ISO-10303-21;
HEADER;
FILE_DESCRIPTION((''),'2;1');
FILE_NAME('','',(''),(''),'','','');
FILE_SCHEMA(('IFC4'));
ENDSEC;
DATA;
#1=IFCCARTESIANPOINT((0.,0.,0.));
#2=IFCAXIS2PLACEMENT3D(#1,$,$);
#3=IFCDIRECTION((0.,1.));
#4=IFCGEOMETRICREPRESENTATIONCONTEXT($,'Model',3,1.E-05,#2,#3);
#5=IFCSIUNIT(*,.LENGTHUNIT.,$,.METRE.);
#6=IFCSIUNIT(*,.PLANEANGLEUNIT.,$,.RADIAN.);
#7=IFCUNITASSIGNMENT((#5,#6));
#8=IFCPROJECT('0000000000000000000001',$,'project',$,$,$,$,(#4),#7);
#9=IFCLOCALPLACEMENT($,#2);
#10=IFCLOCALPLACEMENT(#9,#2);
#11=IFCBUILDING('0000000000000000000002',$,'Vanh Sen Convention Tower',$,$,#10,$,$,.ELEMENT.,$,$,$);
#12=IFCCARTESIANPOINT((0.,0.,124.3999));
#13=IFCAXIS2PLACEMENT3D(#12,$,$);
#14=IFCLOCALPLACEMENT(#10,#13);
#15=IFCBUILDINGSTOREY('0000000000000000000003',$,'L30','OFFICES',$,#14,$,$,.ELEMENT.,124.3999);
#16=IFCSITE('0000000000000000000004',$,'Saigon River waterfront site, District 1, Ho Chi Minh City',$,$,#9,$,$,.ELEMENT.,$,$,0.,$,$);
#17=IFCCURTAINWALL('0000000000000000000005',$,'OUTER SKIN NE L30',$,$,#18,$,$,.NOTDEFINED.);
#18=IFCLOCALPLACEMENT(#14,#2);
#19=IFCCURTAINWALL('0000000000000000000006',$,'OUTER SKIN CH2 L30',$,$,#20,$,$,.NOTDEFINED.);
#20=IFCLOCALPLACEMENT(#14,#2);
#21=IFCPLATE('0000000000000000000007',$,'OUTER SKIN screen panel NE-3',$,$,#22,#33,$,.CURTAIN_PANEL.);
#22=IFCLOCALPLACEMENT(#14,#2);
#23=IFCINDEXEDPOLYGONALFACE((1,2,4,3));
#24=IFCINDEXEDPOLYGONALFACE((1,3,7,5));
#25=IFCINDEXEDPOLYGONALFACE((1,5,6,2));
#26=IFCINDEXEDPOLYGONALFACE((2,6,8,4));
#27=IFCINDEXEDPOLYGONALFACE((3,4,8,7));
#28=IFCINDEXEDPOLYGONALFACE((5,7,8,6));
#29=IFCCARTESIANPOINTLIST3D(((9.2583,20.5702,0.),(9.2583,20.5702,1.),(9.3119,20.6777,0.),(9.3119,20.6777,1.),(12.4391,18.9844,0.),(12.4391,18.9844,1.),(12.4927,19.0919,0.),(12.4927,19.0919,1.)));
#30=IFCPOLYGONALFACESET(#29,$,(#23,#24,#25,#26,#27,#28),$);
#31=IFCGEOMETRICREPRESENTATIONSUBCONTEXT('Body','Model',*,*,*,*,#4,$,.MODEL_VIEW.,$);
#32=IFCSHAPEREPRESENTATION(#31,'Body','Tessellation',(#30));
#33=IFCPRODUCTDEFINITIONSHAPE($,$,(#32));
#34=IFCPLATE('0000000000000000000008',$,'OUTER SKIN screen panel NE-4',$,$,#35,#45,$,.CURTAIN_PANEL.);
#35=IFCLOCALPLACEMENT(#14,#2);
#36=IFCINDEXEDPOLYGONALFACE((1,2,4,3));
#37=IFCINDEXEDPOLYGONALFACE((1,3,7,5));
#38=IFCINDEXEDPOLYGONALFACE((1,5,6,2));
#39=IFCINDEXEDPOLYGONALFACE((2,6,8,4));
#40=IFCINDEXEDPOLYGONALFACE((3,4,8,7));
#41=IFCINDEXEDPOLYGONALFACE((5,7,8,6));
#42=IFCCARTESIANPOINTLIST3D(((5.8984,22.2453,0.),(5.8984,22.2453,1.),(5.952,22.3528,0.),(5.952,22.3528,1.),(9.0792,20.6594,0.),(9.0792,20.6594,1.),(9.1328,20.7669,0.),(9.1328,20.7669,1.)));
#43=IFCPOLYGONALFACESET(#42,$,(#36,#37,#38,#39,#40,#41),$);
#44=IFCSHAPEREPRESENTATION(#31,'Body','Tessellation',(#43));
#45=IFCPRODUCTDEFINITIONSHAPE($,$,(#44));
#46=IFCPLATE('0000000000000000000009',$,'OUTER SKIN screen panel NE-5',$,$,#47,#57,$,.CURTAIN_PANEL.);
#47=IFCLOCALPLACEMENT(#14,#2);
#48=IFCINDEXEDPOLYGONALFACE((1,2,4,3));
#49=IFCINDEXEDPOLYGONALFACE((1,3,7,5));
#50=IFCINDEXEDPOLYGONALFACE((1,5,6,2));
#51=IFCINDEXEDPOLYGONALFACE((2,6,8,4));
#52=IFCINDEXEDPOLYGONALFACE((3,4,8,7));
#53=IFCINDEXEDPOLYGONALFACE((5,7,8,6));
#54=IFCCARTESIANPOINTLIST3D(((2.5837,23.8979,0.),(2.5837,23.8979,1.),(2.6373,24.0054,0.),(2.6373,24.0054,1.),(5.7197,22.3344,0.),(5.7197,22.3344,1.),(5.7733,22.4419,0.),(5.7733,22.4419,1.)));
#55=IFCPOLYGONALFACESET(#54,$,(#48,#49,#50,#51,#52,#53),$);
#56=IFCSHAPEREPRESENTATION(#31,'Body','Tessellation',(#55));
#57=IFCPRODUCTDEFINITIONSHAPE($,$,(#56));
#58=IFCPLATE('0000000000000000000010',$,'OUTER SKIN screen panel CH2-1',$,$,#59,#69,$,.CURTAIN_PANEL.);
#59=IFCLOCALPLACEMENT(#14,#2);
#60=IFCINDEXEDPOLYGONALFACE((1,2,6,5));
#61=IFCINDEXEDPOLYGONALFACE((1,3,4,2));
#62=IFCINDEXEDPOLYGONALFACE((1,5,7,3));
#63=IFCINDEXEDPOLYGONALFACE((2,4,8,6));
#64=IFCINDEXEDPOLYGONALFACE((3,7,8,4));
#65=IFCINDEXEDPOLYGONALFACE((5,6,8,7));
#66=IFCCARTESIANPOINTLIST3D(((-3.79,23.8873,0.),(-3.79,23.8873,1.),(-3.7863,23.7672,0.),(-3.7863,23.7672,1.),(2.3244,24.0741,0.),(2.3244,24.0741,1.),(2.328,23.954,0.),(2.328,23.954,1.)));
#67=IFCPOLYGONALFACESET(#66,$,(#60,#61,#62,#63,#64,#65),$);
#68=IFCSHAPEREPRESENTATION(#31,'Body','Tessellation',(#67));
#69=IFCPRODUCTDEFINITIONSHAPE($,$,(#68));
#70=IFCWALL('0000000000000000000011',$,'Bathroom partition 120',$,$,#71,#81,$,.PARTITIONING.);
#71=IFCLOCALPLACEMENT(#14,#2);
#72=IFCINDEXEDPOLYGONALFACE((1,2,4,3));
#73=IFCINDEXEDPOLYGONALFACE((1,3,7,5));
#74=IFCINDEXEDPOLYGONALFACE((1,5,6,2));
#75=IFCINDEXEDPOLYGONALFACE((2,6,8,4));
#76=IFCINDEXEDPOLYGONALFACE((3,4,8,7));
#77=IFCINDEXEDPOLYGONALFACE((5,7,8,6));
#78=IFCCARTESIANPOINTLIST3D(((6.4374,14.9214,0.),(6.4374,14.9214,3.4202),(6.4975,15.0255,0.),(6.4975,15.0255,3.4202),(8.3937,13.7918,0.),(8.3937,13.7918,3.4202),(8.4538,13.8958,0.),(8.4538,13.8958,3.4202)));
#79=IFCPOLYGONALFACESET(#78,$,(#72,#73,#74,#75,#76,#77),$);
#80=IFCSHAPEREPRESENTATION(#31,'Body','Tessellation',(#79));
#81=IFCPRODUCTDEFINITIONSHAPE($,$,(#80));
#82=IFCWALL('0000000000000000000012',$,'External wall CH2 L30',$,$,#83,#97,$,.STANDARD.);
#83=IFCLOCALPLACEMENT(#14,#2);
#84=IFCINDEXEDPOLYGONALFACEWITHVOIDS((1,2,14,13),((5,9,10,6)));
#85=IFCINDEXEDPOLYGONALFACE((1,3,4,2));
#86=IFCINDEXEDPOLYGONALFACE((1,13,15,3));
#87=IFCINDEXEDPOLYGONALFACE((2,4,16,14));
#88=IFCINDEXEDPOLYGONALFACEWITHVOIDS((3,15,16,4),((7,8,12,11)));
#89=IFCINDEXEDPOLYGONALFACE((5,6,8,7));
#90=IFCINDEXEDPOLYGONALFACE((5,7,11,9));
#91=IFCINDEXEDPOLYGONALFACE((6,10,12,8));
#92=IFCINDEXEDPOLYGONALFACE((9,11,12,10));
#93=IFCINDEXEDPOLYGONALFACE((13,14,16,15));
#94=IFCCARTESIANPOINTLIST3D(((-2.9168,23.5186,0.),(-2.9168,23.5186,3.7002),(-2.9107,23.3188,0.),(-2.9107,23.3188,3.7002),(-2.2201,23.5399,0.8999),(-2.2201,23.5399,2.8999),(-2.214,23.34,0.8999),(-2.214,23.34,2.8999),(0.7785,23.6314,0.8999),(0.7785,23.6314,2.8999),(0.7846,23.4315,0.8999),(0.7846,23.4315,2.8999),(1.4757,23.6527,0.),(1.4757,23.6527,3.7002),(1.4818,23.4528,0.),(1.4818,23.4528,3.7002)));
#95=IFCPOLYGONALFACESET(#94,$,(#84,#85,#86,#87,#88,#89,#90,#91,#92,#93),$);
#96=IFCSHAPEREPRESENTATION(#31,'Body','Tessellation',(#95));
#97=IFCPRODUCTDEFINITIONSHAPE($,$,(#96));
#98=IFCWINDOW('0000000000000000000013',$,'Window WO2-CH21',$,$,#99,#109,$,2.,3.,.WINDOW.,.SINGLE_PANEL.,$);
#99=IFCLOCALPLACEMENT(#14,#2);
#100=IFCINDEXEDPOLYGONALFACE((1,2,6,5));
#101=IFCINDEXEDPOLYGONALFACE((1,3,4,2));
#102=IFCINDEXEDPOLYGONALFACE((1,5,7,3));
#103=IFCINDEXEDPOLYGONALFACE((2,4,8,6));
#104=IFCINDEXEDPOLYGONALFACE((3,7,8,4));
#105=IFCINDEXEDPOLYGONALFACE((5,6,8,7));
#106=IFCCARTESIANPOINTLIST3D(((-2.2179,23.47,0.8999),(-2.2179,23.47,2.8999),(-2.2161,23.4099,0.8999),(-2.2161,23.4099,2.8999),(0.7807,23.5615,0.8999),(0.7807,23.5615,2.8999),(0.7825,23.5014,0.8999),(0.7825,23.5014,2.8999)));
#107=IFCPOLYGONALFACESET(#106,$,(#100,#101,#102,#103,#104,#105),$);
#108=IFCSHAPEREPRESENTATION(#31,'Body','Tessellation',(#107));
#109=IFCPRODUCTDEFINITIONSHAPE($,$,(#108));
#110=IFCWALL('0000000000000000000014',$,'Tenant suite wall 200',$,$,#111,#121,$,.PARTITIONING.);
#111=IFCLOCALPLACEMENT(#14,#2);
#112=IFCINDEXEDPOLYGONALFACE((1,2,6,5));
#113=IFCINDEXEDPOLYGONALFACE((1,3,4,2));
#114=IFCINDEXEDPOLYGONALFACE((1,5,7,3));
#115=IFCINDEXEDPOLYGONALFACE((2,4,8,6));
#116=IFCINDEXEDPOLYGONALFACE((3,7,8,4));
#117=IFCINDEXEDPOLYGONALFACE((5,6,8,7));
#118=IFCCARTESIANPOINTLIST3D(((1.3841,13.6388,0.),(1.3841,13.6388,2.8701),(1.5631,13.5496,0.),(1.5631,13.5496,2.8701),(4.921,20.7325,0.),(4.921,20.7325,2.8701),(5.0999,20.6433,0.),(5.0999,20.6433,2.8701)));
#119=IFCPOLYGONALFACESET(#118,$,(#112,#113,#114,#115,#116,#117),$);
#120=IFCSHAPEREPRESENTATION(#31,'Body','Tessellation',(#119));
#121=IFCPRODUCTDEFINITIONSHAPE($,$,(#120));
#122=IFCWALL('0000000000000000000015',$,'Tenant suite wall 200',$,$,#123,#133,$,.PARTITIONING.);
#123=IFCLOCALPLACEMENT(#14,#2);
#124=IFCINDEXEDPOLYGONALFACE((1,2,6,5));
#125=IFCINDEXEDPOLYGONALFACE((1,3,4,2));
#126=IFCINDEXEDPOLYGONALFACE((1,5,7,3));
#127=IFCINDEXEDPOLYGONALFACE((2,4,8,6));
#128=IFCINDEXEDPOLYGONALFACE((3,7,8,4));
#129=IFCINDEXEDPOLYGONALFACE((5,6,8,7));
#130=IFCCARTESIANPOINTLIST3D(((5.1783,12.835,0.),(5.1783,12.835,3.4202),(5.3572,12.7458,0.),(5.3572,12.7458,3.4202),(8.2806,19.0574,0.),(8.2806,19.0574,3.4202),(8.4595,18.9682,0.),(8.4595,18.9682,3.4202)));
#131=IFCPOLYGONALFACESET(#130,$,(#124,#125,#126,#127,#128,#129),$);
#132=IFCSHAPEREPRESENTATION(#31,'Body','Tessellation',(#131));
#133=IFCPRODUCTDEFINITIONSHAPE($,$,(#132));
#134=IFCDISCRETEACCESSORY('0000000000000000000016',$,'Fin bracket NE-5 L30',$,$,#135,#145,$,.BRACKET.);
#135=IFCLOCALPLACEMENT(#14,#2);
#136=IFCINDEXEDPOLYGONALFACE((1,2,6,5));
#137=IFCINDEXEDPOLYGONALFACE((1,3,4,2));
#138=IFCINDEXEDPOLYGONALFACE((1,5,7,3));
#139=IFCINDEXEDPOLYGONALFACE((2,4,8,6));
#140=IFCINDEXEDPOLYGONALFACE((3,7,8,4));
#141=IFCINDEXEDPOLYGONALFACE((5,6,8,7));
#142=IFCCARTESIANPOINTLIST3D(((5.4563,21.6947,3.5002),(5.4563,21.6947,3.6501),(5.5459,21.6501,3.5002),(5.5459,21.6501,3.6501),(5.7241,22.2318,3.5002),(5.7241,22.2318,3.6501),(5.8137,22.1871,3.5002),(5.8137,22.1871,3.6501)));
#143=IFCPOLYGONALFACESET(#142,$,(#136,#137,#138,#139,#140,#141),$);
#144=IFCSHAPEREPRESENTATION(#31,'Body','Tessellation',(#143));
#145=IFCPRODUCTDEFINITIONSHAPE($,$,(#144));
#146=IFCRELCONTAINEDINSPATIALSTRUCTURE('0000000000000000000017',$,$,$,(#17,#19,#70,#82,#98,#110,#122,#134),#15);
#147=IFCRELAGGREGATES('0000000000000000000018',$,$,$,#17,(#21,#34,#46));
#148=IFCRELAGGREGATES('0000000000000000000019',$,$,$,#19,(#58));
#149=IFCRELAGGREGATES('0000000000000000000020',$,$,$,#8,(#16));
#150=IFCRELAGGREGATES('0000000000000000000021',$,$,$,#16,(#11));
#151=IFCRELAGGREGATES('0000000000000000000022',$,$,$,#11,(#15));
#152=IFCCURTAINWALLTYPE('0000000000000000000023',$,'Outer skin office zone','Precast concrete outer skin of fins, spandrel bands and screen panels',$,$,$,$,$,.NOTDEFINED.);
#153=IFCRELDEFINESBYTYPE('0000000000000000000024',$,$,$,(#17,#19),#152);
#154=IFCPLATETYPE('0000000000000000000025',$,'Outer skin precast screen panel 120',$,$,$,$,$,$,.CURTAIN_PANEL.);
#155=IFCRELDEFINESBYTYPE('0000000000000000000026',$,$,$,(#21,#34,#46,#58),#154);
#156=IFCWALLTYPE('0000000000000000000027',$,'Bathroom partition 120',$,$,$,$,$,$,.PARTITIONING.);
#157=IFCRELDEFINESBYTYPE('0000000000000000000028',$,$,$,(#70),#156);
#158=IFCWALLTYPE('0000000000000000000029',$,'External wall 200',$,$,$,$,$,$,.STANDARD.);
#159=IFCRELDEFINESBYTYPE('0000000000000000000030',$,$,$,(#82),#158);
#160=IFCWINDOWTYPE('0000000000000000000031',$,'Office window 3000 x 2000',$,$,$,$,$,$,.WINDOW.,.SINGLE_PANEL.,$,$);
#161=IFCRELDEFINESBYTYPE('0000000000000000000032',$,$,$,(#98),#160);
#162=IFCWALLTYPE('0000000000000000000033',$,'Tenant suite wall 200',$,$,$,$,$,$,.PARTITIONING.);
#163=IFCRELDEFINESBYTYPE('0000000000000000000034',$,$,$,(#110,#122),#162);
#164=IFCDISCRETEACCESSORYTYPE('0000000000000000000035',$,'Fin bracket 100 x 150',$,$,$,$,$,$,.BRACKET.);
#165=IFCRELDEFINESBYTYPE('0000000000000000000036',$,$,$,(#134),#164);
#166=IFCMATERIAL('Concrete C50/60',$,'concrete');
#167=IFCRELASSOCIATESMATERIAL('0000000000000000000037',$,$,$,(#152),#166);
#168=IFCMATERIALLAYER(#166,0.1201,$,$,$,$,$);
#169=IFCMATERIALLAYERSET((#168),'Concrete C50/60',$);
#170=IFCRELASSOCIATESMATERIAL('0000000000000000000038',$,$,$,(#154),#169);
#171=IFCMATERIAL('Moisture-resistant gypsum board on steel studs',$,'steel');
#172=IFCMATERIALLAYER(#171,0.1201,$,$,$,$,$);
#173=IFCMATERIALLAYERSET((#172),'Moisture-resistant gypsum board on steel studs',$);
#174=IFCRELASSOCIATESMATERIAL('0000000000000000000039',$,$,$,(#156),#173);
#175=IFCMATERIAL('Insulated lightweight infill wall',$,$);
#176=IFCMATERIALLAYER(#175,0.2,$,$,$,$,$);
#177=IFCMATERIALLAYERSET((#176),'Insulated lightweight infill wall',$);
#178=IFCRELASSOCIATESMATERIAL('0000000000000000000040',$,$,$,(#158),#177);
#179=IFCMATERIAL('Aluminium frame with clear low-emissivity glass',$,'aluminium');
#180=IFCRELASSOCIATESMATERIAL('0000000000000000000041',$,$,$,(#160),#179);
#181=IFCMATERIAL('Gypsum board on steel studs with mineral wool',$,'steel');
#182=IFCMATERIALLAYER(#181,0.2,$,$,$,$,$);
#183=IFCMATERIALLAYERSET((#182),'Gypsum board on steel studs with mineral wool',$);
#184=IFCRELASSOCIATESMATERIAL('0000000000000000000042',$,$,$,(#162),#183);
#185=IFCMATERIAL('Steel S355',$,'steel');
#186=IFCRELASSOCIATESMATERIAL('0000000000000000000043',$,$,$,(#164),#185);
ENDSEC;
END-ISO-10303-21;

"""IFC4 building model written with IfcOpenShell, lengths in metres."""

from ifc_helpers import new_model, si_unit, direction, frame, frame_2d, origin, origin_2d, place, context, subcontext, project, spatial, rectangle, extrude, material, layer, layer_set, type_object, element, fill, aggregate, save


model = new_model("IFC4")

# Units and contexts
model_context = context("Model", 3, precision=1e-05, world=origin(), true_north=direction((0.0, 1.0)))
body_context = subcontext(model_context, "Body", "Model", "MODEL_VIEW")
ifc_project = project(units=[si_unit("LENGTHUNIT", "METRE"), si_unit("PLANEANGLEUNIT", "RADIAN")], contexts=[model_context])

# Site, building, storey
site_placement = place(None, origin())
site = spatial("IfcSite", under=ifc_project, at=site_placement, Name="Saigon River waterfront site, District 1, Ho Chi Minh City", CompositionType="ELEMENT", RefElevation=0.0)
building_placement = place(site_placement, origin())
building = spatial("IfcBuilding", under=site, at=building_placement, Name="Vanh Sen Convention Tower", CompositionType="ELEMENT")
storey_placement = place(building_placement, frame((0.0, 0.0, 124.3999)))
storey = spatial("IfcBuildingStorey", under=building, at=storey_placement, Name="L30", Description="OFFICES", CompositionType="ELEMENT", Elevation=124.3999)

# Curtain wall
ifc_material_1 = material(Name="Concrete C50/60", Category="concrete")
curtain_wall_type = type_object("IfcCurtainWallType", Name="Outer skin office zone", Description="Precast concrete outer skin of fins, spandrel bands and screen panels", PredefinedType="NOTDEFINED", material=ifc_material_1)
curtain_wall_1_placement = place(storey_placement, origin())
curtain_wall_1 = element("IfcCurtainWall", 1, at=curtain_wall_1_placement, inside=storey, type_object=curtain_wall_type, Name="OUTER SKIN NE L30", PredefinedType="NOTDEFINED")

# Curtain wall
curtain_wall_2_placement = place(storey_placement, origin())
curtain_wall_2 = element("IfcCurtainWall", 2, at=curtain_wall_2_placement, inside=storey, type_object=curtain_wall_type, Name="OUTER SKIN CH2 L30", PredefinedType="NOTDEFINED")

# Plates
ifc_layer_1 = layer(ifc_material_1, 0.1201)
ifc_layer_set_1 = layer_set([ifc_layer_1], Name="Concrete C50/60")
plate_type = type_object("IfcPlateType", Name="Outer skin precast screen panel 120", PredefinedType="CURTAIN_PANEL", material=ifc_layer_set_1)
plate_1_placement = place(storey_placement, frame((10.8755, 19.8311, 0.0), z_axis=(0.0, 0.0, 1.0), x_axis=(-0.894933, 0.446201, 0.0)))
plate_1 = element("IfcPlate", 3, at=plate_1_placement, type_object=plate_type, Name="OUTER SKIN screen panel NE-3", PredefinedType="CURTAIN_PANEL", context=body_context, shape_type="SweptSolid", body=[
    extrude(rectangle(XDim=3.5542, YDim=0.1201, at=origin_2d()), origin(), (0.0, 0.0, 1.0), 1.0),
])
plate_2_placement = place(storey_placement, frame((7.5156, 21.5061, 0.0), z_axis=(0.0, 0.0, 1.0), x_axis=(-0.894933, 0.446201, 0.0)))
plate_2 = element("IfcPlate", 4, at=plate_2_placement, type_object=plate_type, Name="OUTER SKIN screen panel NE-4", PredefinedType="CURTAIN_PANEL", context=body_context, shape_type="SweptSolid", body=[
    extrude(rectangle(XDim=3.5542, YDim=0.1201, at=origin_2d()), origin(), (0.0, 0.0, 1.0), 1.0),
])
plate_3_placement = place(storey_placement, frame((4.1785, 23.1699, 0.0), z_axis=(0.0, 0.0, 1.0), x_axis=(-0.894944, 0.446179, 0.0)))
plate_3 = element("IfcPlate", 5, at=plate_3_placement, type_object=plate_type, Name="OUTER SKIN screen panel NE-5", PredefinedType="CURTAIN_PANEL", context=body_context, shape_type="SweptSolid", body=[
    extrude(rectangle(XDim=3.5042, YDim=0.1201, at=origin_2d()), origin(), (0.0, 0.0, 1.0), 1.0),
])
aggregate(curtain_wall_1, [plate_1, plate_2, plate_3])
plate_4_placement = place(storey_placement, frame((-0.731, 23.9207, 0.0), z_axis=(0.0, 0.0, 1.0), x_axis=(-0.999534, -0.030539, 0.0)))
plate_4 = element("IfcPlate", 6, at=plate_4_placement, type_object=plate_type, Name="OUTER SKIN screen panel CH2-1", PredefinedType="CURTAIN_PANEL", context=body_context, shape_type="SweptSolid", body=[
    extrude(rectangle(XDim=6.1172, YDim=0.1201, at=origin_2d()), origin(), (0.0, 0.0, 1.0), 1.0),
])
aggregate(curtain_wall_2, [plate_4])

# Wall
ifc_material_2 = material(Name="Moisture-resistant gypsum board on steel studs", Category="steel")
ifc_layer_2 = layer(ifc_material_2, 0.1201)
ifc_layer_set_2 = layer_set([ifc_layer_2], Name="Moisture-resistant gypsum board on steel studs")
wall_type_1 = type_object("IfcWallType", Name="Bathroom partition 120", PredefinedType="PARTITIONING", material=ifc_layer_set_2)
wall_1_placement = place(storey_placement, frame((6.4675, 14.9734, 0.0), z_axis=(0.0, 0.0, 1.0), x_axis=(0.865993, -0.500056, 0.0)))
element("IfcWall", 7, at=wall_1_placement, inside=storey, type_object=wall_type_1, Name="Bathroom partition 120", PredefinedType="PARTITIONING", context=body_context, shape_type="SweptSolid", body=[
    extrude(rectangle(XDim=2.259, YDim=0.1201, at=frame_2d((1.1294, 0.0))), origin(), (0.0, 0.0, 1.0), 3.4202),
])

# Wall, opening, window
ifc_material_3 = material(Name="Insulated lightweight infill wall")
ifc_layer_3 = layer(ifc_material_3, 0.2)
ifc_layer_set_3 = layer_set([ifc_layer_3], Name="Insulated lightweight infill wall")
wall_type_2 = type_object("IfcWallType", Name="External wall 200", PredefinedType="STANDARD", material=ifc_layer_set_3)
wall_2_placement = place(storey_placement, frame((1.4788, 23.5527, 0.0), z_axis=(0.0, 0.0, 1.0), x_axis=(-0.999535, -0.030499, 0.0)))
wall_2 = element("IfcWall", 8, at=wall_2_placement, inside=storey, type_object=wall_type_2, Name="External wall CH2 L30", PredefinedType="STANDARD", context=body_context, shape_type="SweptSolid", body=[
    extrude(rectangle(XDim=4.3945, YDim=0.2, at=frame_2d((2.1973, 0.0))), origin(), (0.0, 0.0, 1.0), 3.7002),
])
opening_placement = place(wall_2_placement, frame((0.6975, 0.0, 0.8999)))
opening = element("IfcOpeningElement", 9, at=opening_placement, cuts=wall_2, PredefinedType="OPENING", context=body_context, shape_type="SweptSolid", body=[
    extrude(rectangle(XDim=3.0, YDim=2.0, at=frame_2d((1.5, 1.0))), frame((0.0, 0.1099, 0.0), z_axis=(0.0, -1.0, 0.0), x_axis=(1.0, 0.0, 0.0)), (0.0, 0.0, 1.0), 0.22),
])
ifc_material_4 = material(Name="Aluminium frame with clear low-emissivity glass", Category="aluminium")
window_type = type_object("IfcWindowType", Name="Office window 3000 x 2000", PartitioningType="SINGLE_PANEL", PredefinedType="WINDOW", material=ifc_material_4)
window_placement = place(opening_placement, origin())
window = element("IfcWindow", 10, at=window_placement, inside=storey, type_object=window_type, Name="Window WO2-CH21", OverallHeight=2.0, OverallWidth=3.0, PartitioningType="SINGLE_PANEL", PredefinedType="WINDOW", context=body_context, shape_type="SweptSolid", body=[
    extrude(rectangle(XDim=3.0, YDim=2.0, at=frame_2d((1.5, 1.0))), frame((0.0, 0.03, 0.0), z_axis=(0.0, -1.0, 0.0), x_axis=(1.0, 0.0, 0.0)), (0.0, 0.0, 1.0), 0.0601),
])
fill(opening, window)

# Walls
ifc_material_5 = material(Name="Gypsum board on steel studs with mineral wool", Category="steel")
ifc_layer_4 = layer(ifc_material_5, 0.2)
ifc_layer_set_4 = layer_set([ifc_layer_4], Name="Gypsum board on steel studs with mineral wool")
wall_type_3 = type_object("IfcWallType", Name="Tenant suite wall 200", PredefinedType="PARTITIONING", material=ifc_layer_set_4)
wall_3_placement = place(storey_placement, frame((5.0105, 20.688, 0.0), z_axis=(0.0, 0.0, 1.0), x_axis=(-0.446203, -0.894932, 0.0)))
element("IfcWall", 11, at=wall_3_placement, inside=storey, type_object=wall_type_3, Name="Tenant suite wall 200", PredefinedType="PARTITIONING", context=body_context, shape_type="SweptSolid", body=[
    extrude(rectangle(XDim=7.9265, YDim=0.2, at=frame_2d((3.9634, 0.0))), origin(), (0.0, 0.0, 1.0), 2.8701),
])
wall_4_placement = place(storey_placement, frame((8.3701, 19.0129, 0.0), z_axis=(0.0, 0.0, 1.0), x_axis=(-0.446188, -0.894939, 0.0)))
element("IfcWall", 12, at=wall_4_placement, inside=storey, type_object=wall_type_3, Name="Tenant suite wall 200", PredefinedType="PARTITIONING", context=body_context, shape_type="SweptSolid", body=[
    extrude(rectangle(XDim=6.9529, YDim=0.2, at=frame_2d((3.4766, 0.0))), origin(), (0.0, 0.0, 1.0), 3.4202),
])

# Discrete accessory
ifc_material_6 = material(Name="Steel S355", Category="steel")
discrete_accessory_type = type_object("IfcDiscreteAccessoryType", Name="Fin bracket 100 x 150", PredefinedType="BRACKET", material=ifc_material_6)
discrete_accessory_placement = place(storey_placement, frame((5.635, 21.9409, 3.5002), z_axis=(0.0, 0.0, 1.0), x_axis=(0.446198, 0.894934, 0.0)))
element("IfcDiscreteAccessory", 13, at=discrete_accessory_placement, inside=storey, type_object=discrete_accessory_type, Name="Fin bracket NE-5 L30", PredefinedType="BRACKET", context=body_context, shape_type="SweptSolid", body=[
    extrude(rectangle(XDim=0.6001, YDim=0.1001, at=origin_2d()), origin(), (0.0, 0.0, 1.0), 0.1499),
])

save(model, "model.ifc")
